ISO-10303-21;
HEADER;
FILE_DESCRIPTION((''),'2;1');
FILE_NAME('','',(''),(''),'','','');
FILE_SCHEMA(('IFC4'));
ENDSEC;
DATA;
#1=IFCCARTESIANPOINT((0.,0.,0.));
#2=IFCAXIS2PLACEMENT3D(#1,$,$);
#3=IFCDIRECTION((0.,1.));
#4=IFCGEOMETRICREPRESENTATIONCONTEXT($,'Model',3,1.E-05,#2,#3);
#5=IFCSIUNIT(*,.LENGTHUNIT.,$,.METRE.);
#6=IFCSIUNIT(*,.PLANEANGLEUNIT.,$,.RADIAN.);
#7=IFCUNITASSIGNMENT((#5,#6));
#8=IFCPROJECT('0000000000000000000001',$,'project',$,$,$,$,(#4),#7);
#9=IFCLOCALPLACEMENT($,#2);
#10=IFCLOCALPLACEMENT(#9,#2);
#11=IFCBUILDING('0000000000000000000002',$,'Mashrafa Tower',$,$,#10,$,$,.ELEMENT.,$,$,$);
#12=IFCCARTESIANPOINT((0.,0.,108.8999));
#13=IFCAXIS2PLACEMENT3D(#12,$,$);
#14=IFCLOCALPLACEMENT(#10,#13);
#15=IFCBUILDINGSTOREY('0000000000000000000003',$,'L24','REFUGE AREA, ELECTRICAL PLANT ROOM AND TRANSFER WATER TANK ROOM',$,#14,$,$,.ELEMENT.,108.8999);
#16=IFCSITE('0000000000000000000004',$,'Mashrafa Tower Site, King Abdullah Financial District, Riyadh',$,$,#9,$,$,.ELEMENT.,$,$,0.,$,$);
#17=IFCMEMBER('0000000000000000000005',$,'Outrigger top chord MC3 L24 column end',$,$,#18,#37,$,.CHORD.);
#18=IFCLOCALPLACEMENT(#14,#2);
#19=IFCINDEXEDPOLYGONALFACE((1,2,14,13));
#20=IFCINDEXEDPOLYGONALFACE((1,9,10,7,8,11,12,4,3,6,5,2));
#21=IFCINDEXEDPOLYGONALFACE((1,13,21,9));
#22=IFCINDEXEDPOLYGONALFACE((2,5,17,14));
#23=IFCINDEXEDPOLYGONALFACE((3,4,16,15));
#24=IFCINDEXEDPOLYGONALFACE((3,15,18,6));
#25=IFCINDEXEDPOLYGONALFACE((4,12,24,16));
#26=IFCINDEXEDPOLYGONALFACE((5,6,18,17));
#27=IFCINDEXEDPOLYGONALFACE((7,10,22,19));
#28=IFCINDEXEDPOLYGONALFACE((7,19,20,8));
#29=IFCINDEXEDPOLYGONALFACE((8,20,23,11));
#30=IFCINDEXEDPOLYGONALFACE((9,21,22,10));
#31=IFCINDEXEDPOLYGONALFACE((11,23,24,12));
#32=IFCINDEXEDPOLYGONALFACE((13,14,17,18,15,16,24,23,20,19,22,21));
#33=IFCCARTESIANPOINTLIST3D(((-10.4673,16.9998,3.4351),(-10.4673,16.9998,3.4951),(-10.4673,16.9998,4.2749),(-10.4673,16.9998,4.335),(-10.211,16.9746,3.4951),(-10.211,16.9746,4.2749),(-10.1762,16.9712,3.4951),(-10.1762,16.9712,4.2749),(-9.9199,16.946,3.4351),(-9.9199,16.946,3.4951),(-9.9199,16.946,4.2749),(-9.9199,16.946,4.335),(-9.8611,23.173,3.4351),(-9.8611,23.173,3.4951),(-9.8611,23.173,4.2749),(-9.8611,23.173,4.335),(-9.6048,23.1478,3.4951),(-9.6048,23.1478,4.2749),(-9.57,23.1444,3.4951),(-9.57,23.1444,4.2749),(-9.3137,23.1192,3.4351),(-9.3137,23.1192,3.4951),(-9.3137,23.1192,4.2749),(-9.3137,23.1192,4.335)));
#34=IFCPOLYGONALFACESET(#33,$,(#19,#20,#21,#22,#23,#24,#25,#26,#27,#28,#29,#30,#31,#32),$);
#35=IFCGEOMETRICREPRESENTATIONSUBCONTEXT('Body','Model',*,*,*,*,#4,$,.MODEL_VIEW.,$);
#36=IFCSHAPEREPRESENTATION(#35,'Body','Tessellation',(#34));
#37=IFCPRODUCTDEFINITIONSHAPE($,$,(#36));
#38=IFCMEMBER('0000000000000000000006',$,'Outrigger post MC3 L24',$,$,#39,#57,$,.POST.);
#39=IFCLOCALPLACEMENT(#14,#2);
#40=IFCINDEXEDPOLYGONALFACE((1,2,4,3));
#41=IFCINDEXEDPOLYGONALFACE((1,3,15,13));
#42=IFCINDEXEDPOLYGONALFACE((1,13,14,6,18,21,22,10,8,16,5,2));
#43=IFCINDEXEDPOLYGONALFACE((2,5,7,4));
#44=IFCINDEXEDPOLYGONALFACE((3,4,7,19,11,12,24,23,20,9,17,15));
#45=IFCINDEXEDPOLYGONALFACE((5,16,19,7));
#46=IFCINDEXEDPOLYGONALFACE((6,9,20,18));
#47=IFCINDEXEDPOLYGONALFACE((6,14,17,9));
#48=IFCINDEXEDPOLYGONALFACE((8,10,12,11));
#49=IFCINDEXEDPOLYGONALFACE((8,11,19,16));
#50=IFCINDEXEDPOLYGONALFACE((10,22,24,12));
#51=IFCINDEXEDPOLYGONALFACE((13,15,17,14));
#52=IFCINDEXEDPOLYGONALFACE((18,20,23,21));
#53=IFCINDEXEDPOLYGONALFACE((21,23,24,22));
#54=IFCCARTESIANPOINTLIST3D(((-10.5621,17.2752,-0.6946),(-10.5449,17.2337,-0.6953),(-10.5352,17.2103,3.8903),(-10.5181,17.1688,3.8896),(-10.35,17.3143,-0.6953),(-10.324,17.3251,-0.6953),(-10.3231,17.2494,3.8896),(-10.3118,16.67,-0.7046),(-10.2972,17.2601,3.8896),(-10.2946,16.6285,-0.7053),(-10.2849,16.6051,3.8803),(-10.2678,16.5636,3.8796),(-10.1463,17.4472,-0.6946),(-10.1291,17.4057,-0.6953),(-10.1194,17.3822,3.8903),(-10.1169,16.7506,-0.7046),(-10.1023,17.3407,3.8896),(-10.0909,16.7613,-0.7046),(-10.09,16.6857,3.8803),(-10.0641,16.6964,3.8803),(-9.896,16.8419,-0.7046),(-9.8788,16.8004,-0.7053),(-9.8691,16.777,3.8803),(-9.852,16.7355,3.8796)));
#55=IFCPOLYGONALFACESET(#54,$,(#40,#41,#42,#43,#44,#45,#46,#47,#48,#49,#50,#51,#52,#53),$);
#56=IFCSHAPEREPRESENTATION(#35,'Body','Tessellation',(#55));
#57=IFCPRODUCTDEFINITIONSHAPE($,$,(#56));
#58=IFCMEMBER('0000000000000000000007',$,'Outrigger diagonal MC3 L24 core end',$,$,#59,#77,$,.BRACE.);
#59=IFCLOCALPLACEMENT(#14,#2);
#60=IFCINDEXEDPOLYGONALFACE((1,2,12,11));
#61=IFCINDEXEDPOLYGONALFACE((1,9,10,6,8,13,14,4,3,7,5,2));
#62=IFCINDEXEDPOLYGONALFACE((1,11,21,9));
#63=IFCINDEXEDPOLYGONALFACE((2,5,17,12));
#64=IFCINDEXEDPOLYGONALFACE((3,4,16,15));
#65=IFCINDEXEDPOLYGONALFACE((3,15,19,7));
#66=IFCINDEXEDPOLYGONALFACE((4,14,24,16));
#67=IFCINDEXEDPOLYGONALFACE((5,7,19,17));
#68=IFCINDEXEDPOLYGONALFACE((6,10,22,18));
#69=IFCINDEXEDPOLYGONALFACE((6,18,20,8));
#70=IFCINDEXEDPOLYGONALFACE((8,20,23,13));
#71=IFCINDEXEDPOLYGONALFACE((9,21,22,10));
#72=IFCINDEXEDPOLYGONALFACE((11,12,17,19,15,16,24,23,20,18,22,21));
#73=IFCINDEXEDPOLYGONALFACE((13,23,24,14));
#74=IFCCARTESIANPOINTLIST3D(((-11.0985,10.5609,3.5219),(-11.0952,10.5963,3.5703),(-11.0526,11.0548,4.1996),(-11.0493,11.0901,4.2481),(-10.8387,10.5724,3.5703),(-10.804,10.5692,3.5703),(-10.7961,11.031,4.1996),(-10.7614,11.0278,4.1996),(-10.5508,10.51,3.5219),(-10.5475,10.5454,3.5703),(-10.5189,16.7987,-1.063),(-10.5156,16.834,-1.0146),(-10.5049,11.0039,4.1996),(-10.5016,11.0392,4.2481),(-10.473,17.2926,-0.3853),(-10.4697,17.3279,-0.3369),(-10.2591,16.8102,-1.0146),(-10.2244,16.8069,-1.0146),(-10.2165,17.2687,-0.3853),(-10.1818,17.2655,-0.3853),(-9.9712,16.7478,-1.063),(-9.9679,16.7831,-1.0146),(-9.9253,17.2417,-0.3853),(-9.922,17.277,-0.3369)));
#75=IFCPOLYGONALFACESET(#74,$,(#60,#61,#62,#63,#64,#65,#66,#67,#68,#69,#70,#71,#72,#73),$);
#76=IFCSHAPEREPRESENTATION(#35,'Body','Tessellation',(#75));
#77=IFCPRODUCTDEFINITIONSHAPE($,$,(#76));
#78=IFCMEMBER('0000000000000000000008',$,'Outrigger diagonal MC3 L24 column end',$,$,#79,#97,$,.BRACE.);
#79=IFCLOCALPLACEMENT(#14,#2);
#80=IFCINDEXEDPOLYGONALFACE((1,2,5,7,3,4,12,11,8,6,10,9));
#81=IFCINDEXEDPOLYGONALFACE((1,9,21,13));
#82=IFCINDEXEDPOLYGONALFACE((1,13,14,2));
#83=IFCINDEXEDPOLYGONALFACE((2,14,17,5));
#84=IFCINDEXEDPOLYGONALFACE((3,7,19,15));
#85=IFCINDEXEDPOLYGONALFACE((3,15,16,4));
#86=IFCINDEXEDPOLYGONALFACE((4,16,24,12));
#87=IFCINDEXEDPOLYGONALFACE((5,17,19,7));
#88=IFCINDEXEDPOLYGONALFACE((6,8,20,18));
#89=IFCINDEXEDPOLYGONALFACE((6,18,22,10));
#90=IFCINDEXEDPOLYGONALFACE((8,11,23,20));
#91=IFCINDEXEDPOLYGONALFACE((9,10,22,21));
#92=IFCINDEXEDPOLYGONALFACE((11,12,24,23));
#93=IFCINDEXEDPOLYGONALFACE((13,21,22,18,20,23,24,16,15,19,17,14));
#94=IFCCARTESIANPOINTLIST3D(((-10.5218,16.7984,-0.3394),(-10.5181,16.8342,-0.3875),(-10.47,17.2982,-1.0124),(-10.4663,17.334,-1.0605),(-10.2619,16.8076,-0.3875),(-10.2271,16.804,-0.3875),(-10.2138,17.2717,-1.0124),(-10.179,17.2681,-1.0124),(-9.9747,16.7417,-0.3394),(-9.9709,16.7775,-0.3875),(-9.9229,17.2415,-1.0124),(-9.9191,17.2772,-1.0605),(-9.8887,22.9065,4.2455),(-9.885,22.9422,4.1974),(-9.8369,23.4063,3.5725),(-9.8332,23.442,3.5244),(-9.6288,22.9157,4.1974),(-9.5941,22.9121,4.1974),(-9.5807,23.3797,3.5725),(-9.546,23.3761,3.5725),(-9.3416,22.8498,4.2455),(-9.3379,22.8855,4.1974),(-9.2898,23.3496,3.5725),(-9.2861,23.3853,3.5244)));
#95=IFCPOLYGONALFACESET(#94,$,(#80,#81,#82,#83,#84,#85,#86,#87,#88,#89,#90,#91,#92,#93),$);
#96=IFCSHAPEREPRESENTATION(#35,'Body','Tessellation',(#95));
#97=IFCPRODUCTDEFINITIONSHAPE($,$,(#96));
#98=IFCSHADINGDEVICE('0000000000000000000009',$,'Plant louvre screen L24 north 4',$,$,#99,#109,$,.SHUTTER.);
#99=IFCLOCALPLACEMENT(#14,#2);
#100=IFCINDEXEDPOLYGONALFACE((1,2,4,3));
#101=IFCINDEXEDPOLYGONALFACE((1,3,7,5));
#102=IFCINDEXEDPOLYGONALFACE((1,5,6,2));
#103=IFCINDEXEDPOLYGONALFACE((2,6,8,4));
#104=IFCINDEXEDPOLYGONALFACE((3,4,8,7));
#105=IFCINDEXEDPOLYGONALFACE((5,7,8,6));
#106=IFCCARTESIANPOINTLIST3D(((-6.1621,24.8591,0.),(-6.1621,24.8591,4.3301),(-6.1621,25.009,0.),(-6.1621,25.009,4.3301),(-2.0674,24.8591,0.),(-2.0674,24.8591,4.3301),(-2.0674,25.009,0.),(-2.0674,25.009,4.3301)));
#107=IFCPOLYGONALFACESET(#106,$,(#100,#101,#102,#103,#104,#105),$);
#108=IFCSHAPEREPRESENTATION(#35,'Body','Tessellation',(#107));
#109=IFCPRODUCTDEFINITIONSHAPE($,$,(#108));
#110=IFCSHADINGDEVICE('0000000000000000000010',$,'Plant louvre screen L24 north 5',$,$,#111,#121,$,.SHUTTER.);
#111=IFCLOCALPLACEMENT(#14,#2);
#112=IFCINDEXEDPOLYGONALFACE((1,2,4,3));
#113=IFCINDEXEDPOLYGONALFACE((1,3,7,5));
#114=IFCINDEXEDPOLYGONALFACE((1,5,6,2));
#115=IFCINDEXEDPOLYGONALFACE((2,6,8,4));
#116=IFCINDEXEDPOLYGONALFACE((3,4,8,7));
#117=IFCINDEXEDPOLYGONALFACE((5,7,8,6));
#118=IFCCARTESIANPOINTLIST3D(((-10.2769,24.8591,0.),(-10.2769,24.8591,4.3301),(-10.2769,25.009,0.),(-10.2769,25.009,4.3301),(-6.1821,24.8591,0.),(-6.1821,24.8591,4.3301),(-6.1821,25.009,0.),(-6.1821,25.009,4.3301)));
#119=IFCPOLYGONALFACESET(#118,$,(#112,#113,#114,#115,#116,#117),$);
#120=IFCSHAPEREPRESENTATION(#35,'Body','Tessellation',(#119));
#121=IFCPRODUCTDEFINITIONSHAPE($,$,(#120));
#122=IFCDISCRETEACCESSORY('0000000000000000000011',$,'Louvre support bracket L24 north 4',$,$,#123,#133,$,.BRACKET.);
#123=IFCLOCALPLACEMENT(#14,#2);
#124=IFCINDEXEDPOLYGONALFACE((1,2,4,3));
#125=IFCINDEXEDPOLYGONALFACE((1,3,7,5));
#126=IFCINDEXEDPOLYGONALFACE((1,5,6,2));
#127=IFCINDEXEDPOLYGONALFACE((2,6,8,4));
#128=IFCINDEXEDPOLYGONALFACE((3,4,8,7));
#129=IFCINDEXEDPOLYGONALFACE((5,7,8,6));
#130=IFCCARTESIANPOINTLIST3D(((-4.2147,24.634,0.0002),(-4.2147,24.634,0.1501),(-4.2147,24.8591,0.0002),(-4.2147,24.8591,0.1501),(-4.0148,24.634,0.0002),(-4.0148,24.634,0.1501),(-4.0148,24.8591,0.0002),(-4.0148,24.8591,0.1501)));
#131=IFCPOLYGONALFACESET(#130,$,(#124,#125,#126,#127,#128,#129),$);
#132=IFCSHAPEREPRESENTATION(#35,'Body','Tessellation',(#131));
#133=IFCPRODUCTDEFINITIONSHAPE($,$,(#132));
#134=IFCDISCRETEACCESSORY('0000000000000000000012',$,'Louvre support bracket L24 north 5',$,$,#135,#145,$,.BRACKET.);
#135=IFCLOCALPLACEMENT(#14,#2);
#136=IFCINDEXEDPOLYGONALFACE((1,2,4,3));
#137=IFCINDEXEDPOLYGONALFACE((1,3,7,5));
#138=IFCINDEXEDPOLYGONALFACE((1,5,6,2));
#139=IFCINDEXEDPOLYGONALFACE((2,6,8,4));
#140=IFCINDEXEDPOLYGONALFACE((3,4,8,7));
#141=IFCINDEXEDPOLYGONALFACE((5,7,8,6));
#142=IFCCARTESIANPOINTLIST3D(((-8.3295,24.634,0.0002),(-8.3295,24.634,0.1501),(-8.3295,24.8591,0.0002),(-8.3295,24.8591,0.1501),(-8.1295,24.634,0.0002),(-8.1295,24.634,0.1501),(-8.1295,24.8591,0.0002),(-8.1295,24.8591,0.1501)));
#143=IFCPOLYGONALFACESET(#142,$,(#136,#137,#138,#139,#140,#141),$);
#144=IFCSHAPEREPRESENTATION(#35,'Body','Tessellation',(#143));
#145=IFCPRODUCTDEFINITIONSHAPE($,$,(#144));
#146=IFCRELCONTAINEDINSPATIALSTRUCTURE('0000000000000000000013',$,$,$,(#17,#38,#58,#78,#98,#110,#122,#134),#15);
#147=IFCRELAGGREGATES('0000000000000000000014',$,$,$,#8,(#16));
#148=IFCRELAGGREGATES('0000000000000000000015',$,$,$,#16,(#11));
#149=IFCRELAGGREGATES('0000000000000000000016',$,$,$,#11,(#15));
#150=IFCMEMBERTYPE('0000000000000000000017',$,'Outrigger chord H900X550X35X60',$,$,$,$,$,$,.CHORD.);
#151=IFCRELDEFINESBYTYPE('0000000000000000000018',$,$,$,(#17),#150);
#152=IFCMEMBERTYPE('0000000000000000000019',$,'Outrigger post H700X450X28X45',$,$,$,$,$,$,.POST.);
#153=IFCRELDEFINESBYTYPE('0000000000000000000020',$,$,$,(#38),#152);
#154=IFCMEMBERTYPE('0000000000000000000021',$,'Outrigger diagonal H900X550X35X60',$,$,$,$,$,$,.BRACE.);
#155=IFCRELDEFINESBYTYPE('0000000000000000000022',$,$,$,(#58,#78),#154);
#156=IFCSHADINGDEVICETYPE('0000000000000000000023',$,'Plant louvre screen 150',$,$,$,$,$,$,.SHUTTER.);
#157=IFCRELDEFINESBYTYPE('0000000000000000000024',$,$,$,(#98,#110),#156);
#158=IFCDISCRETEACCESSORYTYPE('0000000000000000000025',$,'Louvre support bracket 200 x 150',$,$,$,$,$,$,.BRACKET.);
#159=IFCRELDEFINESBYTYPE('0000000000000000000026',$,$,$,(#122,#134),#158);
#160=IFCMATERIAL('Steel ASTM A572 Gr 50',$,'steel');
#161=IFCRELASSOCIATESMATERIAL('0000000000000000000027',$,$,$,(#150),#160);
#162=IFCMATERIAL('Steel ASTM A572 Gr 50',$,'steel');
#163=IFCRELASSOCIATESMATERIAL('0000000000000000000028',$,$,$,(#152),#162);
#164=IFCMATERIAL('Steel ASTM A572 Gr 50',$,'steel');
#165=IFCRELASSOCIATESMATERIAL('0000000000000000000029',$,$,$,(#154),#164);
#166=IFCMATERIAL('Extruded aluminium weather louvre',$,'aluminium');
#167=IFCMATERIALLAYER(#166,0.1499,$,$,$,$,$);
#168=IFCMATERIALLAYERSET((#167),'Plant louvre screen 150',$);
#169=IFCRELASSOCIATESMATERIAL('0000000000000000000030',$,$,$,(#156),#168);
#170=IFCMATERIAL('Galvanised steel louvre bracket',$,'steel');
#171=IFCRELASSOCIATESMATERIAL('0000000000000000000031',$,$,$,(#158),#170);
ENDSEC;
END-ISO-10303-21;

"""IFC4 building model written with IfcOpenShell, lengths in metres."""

from ifc_helpers import new_model, si_unit, direction, frame, origin, origin_2d, place, context, subcontext, project, spatial, rectangle, i_section, extrude, source, transform, mapped, material, layer, layer_set, material_profile, profile_set, type_object, type_shapes, element, save


model = new_model("IFC4")

# Units and contexts
model_context = context("Model", 3, precision=1e-05, world=origin(), true_north=direction((0.0, 1.0)))
body_context = subcontext(model_context, "Body", "Model", "MODEL_VIEW")
ifc_project = project(units=[si_unit("LENGTHUNIT", "METRE"), si_unit("PLANEANGLEUNIT", "RADIAN")], contexts=[model_context])

# Site, building, storey
site_placement = place(None, origin())
site = spatial("IfcSite", under=ifc_project, at=site_placement, Name="Mashrafa Tower Site, King Abdullah Financial District, Riyadh", CompositionType="ELEMENT", RefElevation=0.0)
building_placement = place(site_placement, origin())
building = spatial("IfcBuilding", under=site, at=building_placement, Name="Mashrafa Tower", CompositionType="ELEMENT")
storey_placement = place(building_placement, frame((0.0, 0.0, 108.8999)))
storey = spatial("IfcBuildingStorey", under=building, at=storey_placement, Name="L24", Description="REFUGE AREA, ELECTRICAL PLANT ROOM AND TRANSFER WATER TANK ROOM", CompositionType="ELEMENT", Elevation=108.8999)

# Members
ifc_material_1 = material(Name="Steel ASTM A572 Gr 50", Category="steel")
ifc_material_profile_1 = material_profile(ifc_material_1, i_section(OverallWidth=0.55, OverallDepth=0.8999, WebThickness=0.0349, FlangeThickness=0.0601, at=origin_2d()), Name="H900X550X35X60")
ifc_profile_set_1 = profile_set([ifc_material_profile_1], Name="Steel ASTM A572 Gr 50")
member_type_1 = type_object("IfcMemberType", Name="Outrigger chord H900X550X35X60", PredefinedType="CHORD", material=ifc_profile_set_1)
shared_shape_1 = source(origin(), body_context, "Body", "SweptSolid", [
    extrude(i_section(OverallWidth=0.55, OverallDepth=0.8999, WebThickness=0.0349, FlangeThickness=0.0601, at=origin_2d()), origin(), (0.0, 0.0, 1.0), 6.2029),
])
member_1_placement = place(storey_placement, frame((-10.1936, 16.9729, 3.885), z_axis=(0.09773, 0.995213, 0.0), x_axis=(-0.995213, 0.09773, 0.0)))
element("IfcMember", 1, at=member_1_placement, inside=storey, type_object=member_type_1, Name="Outrigger top chord MC3 L24 column end", PredefinedType="CHORD", context=body_context, shape_type="MappedRepresentation", body=[
    mapped(shared_shape_1, transform((0.0, 0.0, 0.0))),
])
ifc_material_2 = material(Name="Steel ASTM A572 Gr 50", Category="steel")
ifc_material_profile_2 = material_profile(ifc_material_2, i_section(OverallWidth=0.45, OverallDepth=0.7, WebThickness=0.0281, FlangeThickness=0.0449, at=origin_2d()), Name="H700X450X28X45")
ifc_profile_set_2 = profile_set([ifc_material_profile_2], Name="Steel ASTM A572 Gr 50")
member_type_2 = type_object("IfcMemberType", Name="Outrigger post H700X450X28X45", PredefinedType="POST", material=ifc_profile_set_2)
shared_shape_2 = source(origin(), body_context, "Body", "SweptSolid", [
    extrude(i_section(OverallWidth=0.45, OverallDepth=0.7, WebThickness=0.0281, FlangeThickness=0.0449, at=origin_2d()), origin(), (0.0, 0.0, 1.0), 4.5854),
])
type_shapes(member_type_2, [shared_shape_2])
member_2_placement = place(storey_placement, frame((-10.2205, 17.0378, -0.7), z_axis=(0.005857, -0.014162, 0.999883), x_axis=(0.924101, 0.382147, 0.0)))
element("IfcMember", 2, at=member_2_placement, inside=storey, type_object=member_type_2, Name="Outrigger post MC3 L24", PredefinedType="POST", context=body_context, shape_type="MappedRepresentation", body=[
    mapped(shared_shape_2, transform((0.0, 0.0, 0.0))),
])
ifc_material_3 = material(Name="Steel ASTM A572 Gr 50", Category="steel")
ifc_material_profile_3 = material_profile(ifc_material_3, i_section(OverallWidth=0.55, OverallDepth=0.8999, WebThickness=0.0349, FlangeThickness=0.0601, at=origin_2d()), Name="H900X550X35X60")
ifc_profile_set_3 = profile_set([ifc_material_profile_3], Name="Steel ASTM A572 Gr 50")
member_type_3 = type_object("IfcMemberType", Name="Outrigger diagonal H900X550X35X60", PredefinedType="BRACE", material=ifc_profile_set_3)
shared_shape_3 = source(origin(), body_context, "Body", "SweptSolid", [
    extrude(i_section(OverallWidth=0.55, OverallDepth=0.8999, WebThickness=0.0349, FlangeThickness=0.0601, at=origin_2d()), origin(), (0.0, 0.0, 1.0), 7.7632),
])
member_3_placement = place(storey_placement, frame((-10.2205, 17.0378, -0.7), z_axis=(-0.074658, -0.803504, 0.590599), x_axis=(0.995711, -0.092517, 0.0)))
element("IfcMember", 3, at=member_3_placement, inside=storey, type_object=member_type_3, Name="Outrigger diagonal MC3 L24 core end", PredefinedType="BRACE", context=body_context, shape_type="MappedRepresentation", body=[
    mapped(shared_shape_3, transform((0.0, 0.0, 0.0))),
])
shared_shape_4 = source(origin(), body_context, "Body", "SweptSolid", [
    extrude(i_section(OverallWidth=0.55, OverallDepth=0.8999, WebThickness=0.0349, FlangeThickness=0.0601, at=origin_2d()), origin(), (0.0, 0.0, 1.0), 7.6636),
])
type_shapes(member_type_3, [shared_shape_3, shared_shape_4])
member_4_placement = place(storey_placement, frame((-10.2205, 17.0378, -0.7), z_axis=(0.082605, 0.797025, 0.598271), x_axis=(-0.994672, 0.103089, 0.0)))
element("IfcMember", 4, at=member_4_placement, inside=storey, type_object=member_type_3, Name="Outrigger diagonal MC3 L24 column end", PredefinedType="BRACE", context=body_context, shape_type="MappedRepresentation", body=[
    mapped(shared_shape_4, transform((0.0, 0.0, 0.0))),
])

# Shading devices
ifc_material_4 = material(Name="Extruded aluminium weather louvre", Category="aluminium")
ifc_layer = layer(ifc_material_4, 0.1499)
ifc_layer_set = layer_set([ifc_layer], Name="Plant louvre screen 150")
shading_device_type = type_object("IfcShadingDeviceType", Name="Plant louvre screen 150", PredefinedType="SHUTTER", material=ifc_layer_set)
shared_shape_5 = source(origin(), body_context, "Body", "SweptSolid", [
    extrude(rectangle(XDim=4.0947, YDim=0.1499, at=origin_2d()), origin(), (0.0, 0.0, 1.0), 4.3301),
])
type_shapes(shading_device_type, [shared_shape_5])
for number, where, z_axis, x_axis, name in (
    (5, (-4.1147, 24.9341, 0.0), (0.0, 0.0, 1.0), (-1.0, 0.0, 0.0), "Plant louvre screen L24 north 4"),
    (6, (-8.2295, 24.9341, 0.0), (0.0, 0.0, 1.0), (-1.0, 0.0, 0.0), "Plant louvre screen L24 north 5"),
):
    element("IfcShadingDevice", number, at=place(storey_placement, frame(where, z_axis=z_axis, x_axis=x_axis)), inside=storey, type_object=shading_device_type, Name=name, PredefinedType="SHUTTER", context=body_context, shape_type="MappedRepresentation", body=[
        mapped(shared_shape_5, transform((0.0, 0.0, 0.0))),
    ])

# Discrete accessories
ifc_material_5 = material(Name="Galvanised steel louvre bracket", Category="steel")
discrete_accessory_type = type_object("IfcDiscreteAccessoryType", Name="Louvre support bracket 200 x 150", PredefinedType="BRACKET", material=ifc_material_5)
shared_shape_6 = source(origin(), body_context, "Body", "SweptSolid", [
    extrude(rectangle(XDim=0.2, YDim=0.2251, at=origin_2d()), origin(), (0.0, 0.0, 1.0), 0.1499),
])
type_shapes(discrete_accessory_type, [shared_shape_6])
for number, where, z_axis, x_axis, name in (
    (7, (-4.1147, 24.7466, 0.0002), (0.0, 0.0, 1.0), (-1.0, 0.0, 0.0), "Louvre support bracket L24 north 4"),
    (8, (-8.2295, 24.7466, 0.0002), (0.0, 0.0, 1.0), (-1.0, 0.0, 0.0), "Louvre support bracket L24 north 5"),
):
    element("IfcDiscreteAccessory", number, at=place(storey_placement, frame(where, z_axis=z_axis, x_axis=x_axis)), inside=storey, type_object=discrete_accessory_type, Name=name, PredefinedType="BRACKET", context=body_context, shape_type="MappedRepresentation", body=[
        mapped(shared_shape_6, transform((0.0, 0.0, 0.0))),
    ])

save(model, "model.ifc")
